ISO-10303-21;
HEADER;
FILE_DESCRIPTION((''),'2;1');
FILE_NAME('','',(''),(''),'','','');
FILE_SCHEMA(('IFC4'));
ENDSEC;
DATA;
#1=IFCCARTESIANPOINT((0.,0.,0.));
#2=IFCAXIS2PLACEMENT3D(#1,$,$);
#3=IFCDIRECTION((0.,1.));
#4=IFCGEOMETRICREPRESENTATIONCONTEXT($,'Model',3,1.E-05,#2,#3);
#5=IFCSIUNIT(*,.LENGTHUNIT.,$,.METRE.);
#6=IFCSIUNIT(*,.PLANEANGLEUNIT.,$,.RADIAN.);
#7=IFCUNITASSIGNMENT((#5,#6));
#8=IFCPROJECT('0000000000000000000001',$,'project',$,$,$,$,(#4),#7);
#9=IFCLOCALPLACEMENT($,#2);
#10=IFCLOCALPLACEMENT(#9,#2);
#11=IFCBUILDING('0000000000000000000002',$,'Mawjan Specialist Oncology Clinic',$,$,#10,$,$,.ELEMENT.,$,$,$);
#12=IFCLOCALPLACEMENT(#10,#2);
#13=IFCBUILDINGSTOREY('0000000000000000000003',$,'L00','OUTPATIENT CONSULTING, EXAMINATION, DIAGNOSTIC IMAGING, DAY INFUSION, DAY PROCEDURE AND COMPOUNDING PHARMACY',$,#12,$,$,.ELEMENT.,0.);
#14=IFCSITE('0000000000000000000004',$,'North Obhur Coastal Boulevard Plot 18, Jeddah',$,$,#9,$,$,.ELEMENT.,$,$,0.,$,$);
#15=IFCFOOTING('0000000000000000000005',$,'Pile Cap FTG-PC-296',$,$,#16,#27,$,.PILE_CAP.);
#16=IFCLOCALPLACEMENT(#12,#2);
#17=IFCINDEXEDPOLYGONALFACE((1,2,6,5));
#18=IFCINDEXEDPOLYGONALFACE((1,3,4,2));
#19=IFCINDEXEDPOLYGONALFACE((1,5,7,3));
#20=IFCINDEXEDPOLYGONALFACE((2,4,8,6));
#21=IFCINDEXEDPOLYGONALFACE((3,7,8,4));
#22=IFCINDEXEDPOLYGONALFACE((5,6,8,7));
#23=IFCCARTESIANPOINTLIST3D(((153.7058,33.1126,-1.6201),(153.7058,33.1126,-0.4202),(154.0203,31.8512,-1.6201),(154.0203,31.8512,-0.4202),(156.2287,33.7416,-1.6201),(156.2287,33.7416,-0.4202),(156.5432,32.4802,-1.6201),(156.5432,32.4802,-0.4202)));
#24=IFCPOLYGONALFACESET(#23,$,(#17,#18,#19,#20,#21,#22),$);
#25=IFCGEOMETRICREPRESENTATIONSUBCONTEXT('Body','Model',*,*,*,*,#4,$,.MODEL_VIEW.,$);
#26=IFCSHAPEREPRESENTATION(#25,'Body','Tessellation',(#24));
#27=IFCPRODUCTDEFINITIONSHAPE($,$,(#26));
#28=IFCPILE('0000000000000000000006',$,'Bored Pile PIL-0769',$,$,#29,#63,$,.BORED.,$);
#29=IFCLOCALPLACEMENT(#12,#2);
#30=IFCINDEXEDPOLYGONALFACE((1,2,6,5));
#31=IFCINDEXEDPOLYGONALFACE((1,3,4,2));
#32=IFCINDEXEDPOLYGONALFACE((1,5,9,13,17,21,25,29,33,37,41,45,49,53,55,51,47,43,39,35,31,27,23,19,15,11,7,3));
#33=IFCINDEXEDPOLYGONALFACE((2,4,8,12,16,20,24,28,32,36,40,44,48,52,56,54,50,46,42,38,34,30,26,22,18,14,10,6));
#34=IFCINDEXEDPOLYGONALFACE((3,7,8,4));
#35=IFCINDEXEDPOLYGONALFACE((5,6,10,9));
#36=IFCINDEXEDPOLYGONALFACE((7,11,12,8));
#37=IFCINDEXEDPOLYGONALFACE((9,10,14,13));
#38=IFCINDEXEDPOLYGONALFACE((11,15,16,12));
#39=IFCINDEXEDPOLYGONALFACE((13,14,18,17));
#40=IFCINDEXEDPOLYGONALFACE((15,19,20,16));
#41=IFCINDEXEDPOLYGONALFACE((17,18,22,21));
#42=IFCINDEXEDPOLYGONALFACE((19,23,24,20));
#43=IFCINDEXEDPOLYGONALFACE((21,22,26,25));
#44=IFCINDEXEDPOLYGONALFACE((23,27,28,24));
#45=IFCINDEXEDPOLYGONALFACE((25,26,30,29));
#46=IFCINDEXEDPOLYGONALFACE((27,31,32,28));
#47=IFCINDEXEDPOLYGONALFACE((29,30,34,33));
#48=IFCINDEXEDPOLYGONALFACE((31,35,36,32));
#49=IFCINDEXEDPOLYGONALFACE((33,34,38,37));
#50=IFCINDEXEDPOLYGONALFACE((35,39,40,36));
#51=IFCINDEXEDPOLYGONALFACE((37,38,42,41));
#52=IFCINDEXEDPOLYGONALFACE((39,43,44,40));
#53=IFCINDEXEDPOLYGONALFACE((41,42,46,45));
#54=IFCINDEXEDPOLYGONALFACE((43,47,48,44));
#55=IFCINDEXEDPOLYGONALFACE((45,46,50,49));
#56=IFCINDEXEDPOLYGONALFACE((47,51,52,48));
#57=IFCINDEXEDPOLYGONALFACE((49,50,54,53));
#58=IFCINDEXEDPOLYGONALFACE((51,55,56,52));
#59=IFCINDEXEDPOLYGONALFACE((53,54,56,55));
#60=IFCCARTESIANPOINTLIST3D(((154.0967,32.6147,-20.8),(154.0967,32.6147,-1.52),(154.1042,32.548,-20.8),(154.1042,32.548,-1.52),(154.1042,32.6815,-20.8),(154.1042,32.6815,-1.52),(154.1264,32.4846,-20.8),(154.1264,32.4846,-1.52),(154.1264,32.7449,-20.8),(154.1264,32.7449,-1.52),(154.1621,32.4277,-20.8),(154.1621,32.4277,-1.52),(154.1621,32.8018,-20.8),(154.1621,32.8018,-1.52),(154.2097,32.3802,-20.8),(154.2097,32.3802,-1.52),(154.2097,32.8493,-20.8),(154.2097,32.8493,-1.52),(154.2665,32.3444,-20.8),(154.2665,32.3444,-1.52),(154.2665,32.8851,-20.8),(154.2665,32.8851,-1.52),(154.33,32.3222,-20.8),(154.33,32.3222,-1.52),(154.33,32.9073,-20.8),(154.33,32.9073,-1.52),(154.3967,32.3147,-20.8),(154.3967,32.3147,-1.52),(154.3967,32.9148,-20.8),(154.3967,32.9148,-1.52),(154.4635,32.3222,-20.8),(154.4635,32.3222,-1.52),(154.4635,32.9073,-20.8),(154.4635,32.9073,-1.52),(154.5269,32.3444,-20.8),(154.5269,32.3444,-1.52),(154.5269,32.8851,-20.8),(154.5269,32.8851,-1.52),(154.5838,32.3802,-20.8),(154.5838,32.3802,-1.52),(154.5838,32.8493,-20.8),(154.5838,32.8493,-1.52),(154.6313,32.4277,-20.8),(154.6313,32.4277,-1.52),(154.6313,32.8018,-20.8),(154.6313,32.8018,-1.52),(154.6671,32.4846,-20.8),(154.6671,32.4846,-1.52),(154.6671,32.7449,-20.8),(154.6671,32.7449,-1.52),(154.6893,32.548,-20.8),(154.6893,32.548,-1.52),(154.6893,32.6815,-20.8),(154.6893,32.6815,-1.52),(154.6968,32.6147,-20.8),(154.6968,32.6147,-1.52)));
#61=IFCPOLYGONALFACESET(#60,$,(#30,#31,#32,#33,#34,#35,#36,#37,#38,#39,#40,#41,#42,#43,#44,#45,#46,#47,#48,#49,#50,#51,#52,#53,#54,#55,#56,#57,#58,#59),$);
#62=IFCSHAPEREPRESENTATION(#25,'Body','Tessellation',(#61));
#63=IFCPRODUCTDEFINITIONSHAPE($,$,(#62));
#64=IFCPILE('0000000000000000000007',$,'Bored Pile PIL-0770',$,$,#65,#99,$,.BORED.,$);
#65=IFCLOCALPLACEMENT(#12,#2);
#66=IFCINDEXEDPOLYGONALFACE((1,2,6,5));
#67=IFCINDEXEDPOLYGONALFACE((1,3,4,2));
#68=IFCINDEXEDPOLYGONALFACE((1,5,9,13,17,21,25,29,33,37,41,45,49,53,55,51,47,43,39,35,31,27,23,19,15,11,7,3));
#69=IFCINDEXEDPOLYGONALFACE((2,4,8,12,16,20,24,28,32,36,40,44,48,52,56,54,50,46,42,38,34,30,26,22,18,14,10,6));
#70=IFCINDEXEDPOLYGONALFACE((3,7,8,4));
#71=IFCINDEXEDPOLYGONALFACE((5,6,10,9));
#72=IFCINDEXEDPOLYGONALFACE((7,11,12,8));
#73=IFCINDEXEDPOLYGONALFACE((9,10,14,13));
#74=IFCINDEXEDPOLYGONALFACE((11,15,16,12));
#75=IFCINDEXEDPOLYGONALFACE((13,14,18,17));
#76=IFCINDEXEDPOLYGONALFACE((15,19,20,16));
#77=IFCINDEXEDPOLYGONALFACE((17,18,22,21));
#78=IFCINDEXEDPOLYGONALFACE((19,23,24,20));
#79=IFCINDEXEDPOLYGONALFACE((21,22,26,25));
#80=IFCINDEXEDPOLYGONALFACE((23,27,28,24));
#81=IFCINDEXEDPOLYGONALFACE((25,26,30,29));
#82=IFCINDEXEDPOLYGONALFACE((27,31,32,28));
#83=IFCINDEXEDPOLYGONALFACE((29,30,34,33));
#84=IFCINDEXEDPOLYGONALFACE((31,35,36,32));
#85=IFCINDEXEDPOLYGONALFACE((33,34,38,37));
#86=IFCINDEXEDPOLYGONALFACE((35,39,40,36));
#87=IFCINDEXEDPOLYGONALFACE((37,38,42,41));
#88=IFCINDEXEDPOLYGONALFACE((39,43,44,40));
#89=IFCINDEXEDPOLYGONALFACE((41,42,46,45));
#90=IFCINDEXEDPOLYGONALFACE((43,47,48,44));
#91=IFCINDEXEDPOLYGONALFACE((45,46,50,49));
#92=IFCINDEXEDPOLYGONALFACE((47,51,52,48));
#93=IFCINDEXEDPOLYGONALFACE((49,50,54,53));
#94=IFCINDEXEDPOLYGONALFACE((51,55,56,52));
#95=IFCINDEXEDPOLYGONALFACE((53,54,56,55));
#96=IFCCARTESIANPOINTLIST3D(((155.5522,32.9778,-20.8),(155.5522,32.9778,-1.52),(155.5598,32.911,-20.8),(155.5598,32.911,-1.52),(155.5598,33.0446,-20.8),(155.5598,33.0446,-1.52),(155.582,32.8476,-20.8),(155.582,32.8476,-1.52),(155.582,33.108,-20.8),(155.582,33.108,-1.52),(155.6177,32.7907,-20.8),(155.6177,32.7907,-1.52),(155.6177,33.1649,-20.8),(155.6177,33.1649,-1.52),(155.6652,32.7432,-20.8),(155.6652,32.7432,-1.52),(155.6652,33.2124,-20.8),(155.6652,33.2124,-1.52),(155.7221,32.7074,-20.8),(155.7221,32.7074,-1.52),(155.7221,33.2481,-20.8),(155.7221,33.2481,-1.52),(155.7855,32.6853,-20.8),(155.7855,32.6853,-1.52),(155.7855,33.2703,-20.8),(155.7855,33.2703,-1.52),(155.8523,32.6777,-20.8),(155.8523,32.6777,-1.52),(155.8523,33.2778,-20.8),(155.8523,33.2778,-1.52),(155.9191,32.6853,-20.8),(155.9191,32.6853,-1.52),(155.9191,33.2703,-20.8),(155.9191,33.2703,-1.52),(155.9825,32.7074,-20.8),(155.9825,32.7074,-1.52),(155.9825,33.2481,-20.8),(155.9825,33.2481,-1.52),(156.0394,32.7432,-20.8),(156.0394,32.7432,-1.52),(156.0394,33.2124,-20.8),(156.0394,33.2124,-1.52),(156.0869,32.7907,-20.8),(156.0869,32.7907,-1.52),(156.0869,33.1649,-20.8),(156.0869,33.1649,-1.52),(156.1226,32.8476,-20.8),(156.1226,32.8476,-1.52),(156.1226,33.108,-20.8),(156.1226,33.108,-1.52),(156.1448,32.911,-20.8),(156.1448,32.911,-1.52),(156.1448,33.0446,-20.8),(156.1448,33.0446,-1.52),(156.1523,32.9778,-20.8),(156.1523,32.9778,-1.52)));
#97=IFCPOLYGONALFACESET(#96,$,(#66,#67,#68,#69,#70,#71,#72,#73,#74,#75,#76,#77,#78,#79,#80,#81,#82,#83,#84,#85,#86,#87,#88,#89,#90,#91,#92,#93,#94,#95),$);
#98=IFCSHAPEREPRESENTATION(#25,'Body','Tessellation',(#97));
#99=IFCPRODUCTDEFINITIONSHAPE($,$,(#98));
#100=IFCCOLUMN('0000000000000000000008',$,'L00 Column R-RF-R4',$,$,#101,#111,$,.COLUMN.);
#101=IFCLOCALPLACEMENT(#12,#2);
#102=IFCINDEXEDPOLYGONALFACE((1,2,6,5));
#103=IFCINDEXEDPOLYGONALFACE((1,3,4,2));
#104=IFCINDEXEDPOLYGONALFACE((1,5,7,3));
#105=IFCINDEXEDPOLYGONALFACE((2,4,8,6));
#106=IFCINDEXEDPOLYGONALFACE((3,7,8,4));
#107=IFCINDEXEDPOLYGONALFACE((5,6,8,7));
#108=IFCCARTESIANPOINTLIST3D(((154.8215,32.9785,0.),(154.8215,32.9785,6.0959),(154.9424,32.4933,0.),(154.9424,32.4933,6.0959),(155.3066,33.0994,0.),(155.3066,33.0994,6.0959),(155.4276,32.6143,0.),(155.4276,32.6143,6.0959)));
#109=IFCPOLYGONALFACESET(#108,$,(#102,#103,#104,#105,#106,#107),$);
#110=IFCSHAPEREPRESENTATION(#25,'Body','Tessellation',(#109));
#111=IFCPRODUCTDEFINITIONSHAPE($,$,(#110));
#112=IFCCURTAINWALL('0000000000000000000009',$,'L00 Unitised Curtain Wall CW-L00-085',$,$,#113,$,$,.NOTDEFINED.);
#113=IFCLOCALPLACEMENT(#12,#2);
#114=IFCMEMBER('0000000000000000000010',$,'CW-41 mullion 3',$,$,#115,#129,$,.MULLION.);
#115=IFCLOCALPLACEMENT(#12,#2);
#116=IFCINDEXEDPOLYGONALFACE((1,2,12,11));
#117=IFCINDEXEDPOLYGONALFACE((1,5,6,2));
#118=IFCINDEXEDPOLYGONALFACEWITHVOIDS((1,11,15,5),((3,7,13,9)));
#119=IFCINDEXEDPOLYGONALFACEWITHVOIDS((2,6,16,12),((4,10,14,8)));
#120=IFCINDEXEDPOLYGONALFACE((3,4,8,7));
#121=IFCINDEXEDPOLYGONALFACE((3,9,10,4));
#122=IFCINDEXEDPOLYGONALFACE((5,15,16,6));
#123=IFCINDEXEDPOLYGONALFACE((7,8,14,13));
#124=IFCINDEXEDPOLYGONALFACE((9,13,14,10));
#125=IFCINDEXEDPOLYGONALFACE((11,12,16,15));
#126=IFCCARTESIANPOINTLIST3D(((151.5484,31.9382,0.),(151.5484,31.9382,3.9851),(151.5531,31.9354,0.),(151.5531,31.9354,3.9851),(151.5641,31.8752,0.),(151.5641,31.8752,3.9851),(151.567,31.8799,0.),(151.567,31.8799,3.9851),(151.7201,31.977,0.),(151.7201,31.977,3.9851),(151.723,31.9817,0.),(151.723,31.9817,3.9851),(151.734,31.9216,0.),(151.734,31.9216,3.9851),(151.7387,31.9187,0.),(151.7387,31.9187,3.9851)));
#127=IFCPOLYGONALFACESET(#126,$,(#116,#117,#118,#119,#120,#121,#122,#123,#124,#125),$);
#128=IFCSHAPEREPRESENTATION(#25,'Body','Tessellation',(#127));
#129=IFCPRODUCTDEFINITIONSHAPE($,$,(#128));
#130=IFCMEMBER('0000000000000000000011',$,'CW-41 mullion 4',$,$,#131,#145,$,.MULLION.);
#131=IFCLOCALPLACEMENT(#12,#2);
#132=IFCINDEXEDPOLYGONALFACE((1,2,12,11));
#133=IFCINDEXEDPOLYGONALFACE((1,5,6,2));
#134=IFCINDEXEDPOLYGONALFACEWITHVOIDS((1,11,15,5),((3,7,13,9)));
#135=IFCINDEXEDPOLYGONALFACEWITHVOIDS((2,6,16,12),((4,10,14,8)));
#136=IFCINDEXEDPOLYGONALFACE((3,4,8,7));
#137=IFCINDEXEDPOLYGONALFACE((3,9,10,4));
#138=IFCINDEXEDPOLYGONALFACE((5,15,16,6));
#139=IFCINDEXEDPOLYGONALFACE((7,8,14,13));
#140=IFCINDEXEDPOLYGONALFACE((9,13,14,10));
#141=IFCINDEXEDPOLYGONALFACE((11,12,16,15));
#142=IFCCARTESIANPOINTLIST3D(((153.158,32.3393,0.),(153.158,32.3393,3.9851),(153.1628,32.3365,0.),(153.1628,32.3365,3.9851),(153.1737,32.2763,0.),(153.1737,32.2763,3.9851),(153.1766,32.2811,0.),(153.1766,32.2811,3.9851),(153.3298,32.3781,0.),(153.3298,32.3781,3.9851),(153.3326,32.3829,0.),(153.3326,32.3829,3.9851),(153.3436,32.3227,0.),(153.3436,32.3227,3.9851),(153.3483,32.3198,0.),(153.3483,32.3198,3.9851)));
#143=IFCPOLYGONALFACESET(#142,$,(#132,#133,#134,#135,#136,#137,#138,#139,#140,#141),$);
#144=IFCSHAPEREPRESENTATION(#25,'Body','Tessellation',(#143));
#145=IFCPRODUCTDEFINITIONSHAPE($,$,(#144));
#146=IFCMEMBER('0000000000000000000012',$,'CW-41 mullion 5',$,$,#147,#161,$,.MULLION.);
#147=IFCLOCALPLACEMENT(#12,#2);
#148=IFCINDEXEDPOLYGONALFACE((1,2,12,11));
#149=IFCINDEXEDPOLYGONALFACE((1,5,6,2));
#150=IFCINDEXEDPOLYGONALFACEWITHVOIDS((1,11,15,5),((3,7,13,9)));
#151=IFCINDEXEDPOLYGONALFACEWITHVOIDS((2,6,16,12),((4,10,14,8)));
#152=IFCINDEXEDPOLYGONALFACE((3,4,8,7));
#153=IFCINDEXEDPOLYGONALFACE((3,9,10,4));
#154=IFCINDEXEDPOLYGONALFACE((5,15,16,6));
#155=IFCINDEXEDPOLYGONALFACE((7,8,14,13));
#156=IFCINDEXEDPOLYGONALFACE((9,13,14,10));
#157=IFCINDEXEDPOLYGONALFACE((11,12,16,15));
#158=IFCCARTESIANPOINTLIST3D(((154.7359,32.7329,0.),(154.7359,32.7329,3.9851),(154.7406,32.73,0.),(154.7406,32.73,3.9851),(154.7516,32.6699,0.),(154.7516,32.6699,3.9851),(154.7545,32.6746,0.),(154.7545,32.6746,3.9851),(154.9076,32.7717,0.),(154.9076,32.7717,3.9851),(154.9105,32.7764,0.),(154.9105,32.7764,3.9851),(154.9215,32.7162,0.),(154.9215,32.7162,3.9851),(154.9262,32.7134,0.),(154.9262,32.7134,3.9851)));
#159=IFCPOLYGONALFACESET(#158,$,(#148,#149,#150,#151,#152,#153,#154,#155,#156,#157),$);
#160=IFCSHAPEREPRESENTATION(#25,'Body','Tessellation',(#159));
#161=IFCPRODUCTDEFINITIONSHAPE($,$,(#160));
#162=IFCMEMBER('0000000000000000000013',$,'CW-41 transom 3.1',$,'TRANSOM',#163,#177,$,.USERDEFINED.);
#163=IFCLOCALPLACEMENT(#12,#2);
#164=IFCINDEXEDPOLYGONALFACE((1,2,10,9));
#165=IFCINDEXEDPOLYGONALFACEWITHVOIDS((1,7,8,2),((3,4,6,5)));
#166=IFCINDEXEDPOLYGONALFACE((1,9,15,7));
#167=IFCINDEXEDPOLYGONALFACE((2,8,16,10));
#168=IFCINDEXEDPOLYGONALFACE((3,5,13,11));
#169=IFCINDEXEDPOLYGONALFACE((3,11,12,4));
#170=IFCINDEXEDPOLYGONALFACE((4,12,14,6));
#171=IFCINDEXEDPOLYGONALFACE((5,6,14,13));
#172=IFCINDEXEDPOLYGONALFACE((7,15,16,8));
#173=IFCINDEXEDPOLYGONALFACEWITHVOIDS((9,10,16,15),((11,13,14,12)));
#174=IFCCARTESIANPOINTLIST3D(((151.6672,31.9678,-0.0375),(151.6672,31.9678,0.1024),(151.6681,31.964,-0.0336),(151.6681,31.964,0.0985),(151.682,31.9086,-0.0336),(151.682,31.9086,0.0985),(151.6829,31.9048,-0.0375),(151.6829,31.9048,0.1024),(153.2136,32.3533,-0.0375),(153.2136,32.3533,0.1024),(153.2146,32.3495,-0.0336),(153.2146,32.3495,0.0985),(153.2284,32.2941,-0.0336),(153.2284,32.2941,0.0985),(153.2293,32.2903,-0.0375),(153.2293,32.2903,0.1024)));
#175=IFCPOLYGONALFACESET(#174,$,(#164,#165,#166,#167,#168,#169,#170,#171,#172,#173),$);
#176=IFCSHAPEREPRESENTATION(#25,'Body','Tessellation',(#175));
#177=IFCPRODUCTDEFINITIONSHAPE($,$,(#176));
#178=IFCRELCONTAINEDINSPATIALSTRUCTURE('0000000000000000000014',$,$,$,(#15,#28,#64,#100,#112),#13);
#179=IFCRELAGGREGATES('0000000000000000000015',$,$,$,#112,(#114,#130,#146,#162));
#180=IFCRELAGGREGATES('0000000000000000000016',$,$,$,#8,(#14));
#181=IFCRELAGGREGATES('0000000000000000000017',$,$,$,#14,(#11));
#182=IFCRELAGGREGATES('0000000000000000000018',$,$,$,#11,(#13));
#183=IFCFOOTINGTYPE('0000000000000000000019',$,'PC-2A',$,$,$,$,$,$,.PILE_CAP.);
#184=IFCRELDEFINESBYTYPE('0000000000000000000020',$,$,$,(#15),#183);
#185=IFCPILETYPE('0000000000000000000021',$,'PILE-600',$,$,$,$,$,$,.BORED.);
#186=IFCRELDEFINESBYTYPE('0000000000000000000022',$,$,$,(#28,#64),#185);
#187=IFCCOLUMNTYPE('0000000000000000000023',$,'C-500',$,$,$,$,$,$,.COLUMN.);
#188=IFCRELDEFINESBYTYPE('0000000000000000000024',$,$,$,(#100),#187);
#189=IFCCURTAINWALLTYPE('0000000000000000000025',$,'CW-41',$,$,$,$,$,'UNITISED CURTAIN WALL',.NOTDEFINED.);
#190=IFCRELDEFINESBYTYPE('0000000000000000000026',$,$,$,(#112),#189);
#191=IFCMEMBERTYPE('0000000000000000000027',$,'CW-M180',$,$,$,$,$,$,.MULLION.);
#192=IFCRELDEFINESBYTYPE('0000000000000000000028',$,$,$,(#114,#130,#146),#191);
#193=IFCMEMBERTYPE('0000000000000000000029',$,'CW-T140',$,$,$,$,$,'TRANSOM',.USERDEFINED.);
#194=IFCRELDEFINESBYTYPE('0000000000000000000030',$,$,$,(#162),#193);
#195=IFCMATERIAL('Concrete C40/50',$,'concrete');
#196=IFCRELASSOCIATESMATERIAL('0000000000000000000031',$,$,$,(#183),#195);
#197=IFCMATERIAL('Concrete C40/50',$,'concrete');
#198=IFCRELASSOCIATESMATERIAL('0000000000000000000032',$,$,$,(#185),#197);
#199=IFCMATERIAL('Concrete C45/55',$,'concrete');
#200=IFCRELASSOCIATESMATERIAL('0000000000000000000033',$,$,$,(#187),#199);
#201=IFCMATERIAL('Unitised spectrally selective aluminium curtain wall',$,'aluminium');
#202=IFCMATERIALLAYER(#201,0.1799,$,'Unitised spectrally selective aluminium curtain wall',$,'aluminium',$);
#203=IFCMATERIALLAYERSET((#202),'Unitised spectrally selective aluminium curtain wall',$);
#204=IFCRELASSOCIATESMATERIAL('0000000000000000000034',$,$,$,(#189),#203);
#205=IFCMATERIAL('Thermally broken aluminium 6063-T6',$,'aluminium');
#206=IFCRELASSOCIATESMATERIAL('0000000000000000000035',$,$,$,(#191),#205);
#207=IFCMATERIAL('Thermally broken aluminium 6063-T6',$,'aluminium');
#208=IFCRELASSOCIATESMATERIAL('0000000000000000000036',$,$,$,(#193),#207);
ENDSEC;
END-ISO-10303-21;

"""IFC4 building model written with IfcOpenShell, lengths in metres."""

from ifc_helpers import new_model, si_unit, direction, frame, origin, origin_2d, place, context, subcontext, project, spatial, rectangle, hollow_rectangle, circle, extrude, material, layer, layer_set, material_profile, profile_set, type_object, element, aggregate, save


model = new_model("IFC4")

# Units and contexts
model_context = context("Model", 3, precision=1e-05, world=origin(), true_north=direction((0.0, 1.0)))
body_context = subcontext(model_context, "Body", "Model", "MODEL_VIEW")
ifc_project = project(units=[si_unit("LENGTHUNIT", "METRE"), si_unit("PLANEANGLEUNIT", "RADIAN")], contexts=[model_context])

# Site, building, storey
site_placement = place(None, origin())
site = spatial("IfcSite", under=ifc_project, at=site_placement, Name="North Obhur Coastal Boulevard Plot 18, Jeddah", CompositionType="ELEMENT", RefElevation=0.0)
building_placement = place(site_placement, origin())
building = spatial("IfcBuilding", under=site, at=building_placement, Name="Mawjan Specialist Oncology Clinic", CompositionType="ELEMENT")
storey_placement = place(building_placement, origin())
storey = spatial("IfcBuildingStorey", under=building, at=storey_placement, Name="L00", Description="OUTPATIENT CONSULTING, EXAMINATION, DIAGNOSTIC IMAGING, DAY INFUSION, DAY PROCEDURE AND COMPOUNDING PHARMACY", CompositionType="ELEMENT", Elevation=0.0)

# Footing
ifc_material_1 = material(Name="Concrete C40/50", Category="concrete")
footing_type = type_object("IfcFootingType", Name="PC-2A", PredefinedType="PILE_CAP", material=ifc_material_1)
footing_placement = place(storey_placement, frame((155.1245, 32.7964, -1.6201), z_axis=(0.0, 0.0, 1.0), x_axis=(0.970296, 0.241922, 0.0)))
element("IfcFooting", 1, at=footing_placement, inside=storey, type_object=footing_type, Name="Pile Cap FTG-PC-296", PredefinedType="PILE_CAP", context=body_context, shape_type="SweptSolid", body=[
    extrude(rectangle(XDim=2.6001, YDim=1.3, at=origin_2d()), origin(), (0.0, 0.0, 1.0), 1.2),
])

# Piles
ifc_material_2 = material(Name="Concrete C40/50", Category="concrete")
ifc_material_profile_1 = material_profile(ifc_material_2, circle(Radius=0.3, at=origin_2d()), Name="BORED PILE D600", Category="concrete")
ifc_profile_set_1 = profile_set([ifc_material_profile_1], Name="Concrete C40/50")
pile_type = type_object("IfcPileType", Name="PILE-600", PredefinedType="BORED", material=ifc_profile_set_1)
for number, where, z_axis, x_axis, name in (
    (2, (154.3967, 32.6147, -1.52), (0.0, 0.0, -1.0), (1.0, 0.0, 0.0), "Bored Pile PIL-0769"),
    (3, (155.8523, 32.9778, -1.52), (0.0, 0.0, -1.0), (1.0, 0.0, 0.0), "Bored Pile PIL-0770"),
):
    element("IfcPile", number, at=place(storey_placement, frame(where, z_axis=z_axis, x_axis=x_axis)), inside=storey, type_object=pile_type, Name=name, PredefinedType="BORED", context=body_context, shape_type="SweptSolid", body=[
        extrude(circle(Radius=0.3, at=origin_2d()), origin(), (0.0, 0.0, 1.0), 19.28),
    ])

# Column
ifc_material_3 = material(Name="Concrete C45/55", Category="concrete")
ifc_material_profile_2 = material_profile(ifc_material_3, rectangle(XDim=0.5, YDim=0.5, at=origin_2d()), Name="RC COL 500x500", Category="concrete")
ifc_profile_set_2 = profile_set([ifc_material_profile_2], Name="Concrete C45/55")
column_type = type_object("IfcColumnType", Name="C-500", PredefinedType="COLUMN", material=ifc_profile_set_2)
column_placement = place(storey_placement, frame((155.1245, 32.7964, 0.0), z_axis=(0.0, 0.0, 1.0), x_axis=(0.970296, 0.241922, 0.0)))
element("IfcColumn", 4, at=column_placement, inside=storey, type_object=column_type, Name="L00 Column R-RF-R4", PredefinedType="COLUMN", context=body_context, shape_type="SweptSolid", body=[
    extrude(rectangle(XDim=0.5, YDim=0.5, at=origin_2d()), origin(), (0.0, 0.0, 1.0), 6.0959),
])

# Curtain wall, members
ifc_material_4 = material(Name="Unitised spectrally selective aluminium curtain wall", Category="aluminium")
ifc_layer_1 = layer(ifc_material_4, 0.1799, Name="Unitised spectrally selective aluminium curtain wall", Category="aluminium")
ifc_layer_set_1 = layer_set([ifc_layer_1], Name="Unitised spectrally selective aluminium curtain wall")
curtain_wall_type = type_object("IfcCurtainWallType", Name="CW-41", ElementType="UNITISED CURTAIN WALL", PredefinedType="NOTDEFINED", material=ifc_layer_set_1)
curtain_wall_placement = place(storey_placement, origin())
curtain_wall = element("IfcCurtainWall", 5, at=curtain_wall_placement, inside=storey, type_object=curtain_wall_type, Name="L00 Unitised Curtain Wall CW-L00-085", PredefinedType="NOTDEFINED")
ifc_material_5 = material(Name="Thermally broken aluminium 6063-T6", Category="aluminium")
ifc_material_profile_3 = material_profile(ifc_material_5, hollow_rectangle(XDim=0.0649, YDim=0.1799, WallThickness=0.0039, at=origin_2d()), Name="ALU MULLION 180x65x4", Category="aluminium")
ifc_profile_set_3 = profile_set([ifc_material_profile_3], Name="Thermally broken aluminium 6063-T6")
member_type_1 = type_object("IfcMemberType", Name="CW-M180", PredefinedType="MULLION", material=ifc_profile_set_3)
member_1_placement = place(storey_placement, frame((151.6436, 31.9285, 0.0), z_axis=(0.0, 0.0, 1.0), x_axis=(-0.241922, 0.970296, 0.0)))
member_1 = element("IfcMember", 6, at=member_1_placement, type_object=member_type_1, Name="CW-41 mullion 3", PredefinedType="MULLION", context=body_context, shape_type="SweptSolid", body=[
    extrude(hollow_rectangle(XDim=0.0649, YDim=0.1799, WallThickness=0.0039, at=origin_2d()), origin(), (0.0, 0.0, 1.0), 3.9851),
])
member_2_placement = place(storey_placement, frame((153.2532, 32.3296, 0.0), z_axis=(0.0, 0.0, 1.0), x_axis=(-0.241922, 0.970296, 0.0)))
member_2 = element("IfcMember", 7, at=member_2_placement, type_object=member_type_1, Name="CW-41 mullion 4", PredefinedType="MULLION", context=body_context, shape_type="SweptSolid", body=[
    extrude(hollow_rectangle(XDim=0.0649, YDim=0.1799, WallThickness=0.0039, at=origin_2d()), origin(), (0.0, 0.0, 1.0), 3.9851),
])
member_3_placement = place(storey_placement, frame((154.8311, 32.7231, 0.0), z_axis=(0.0, 0.0, 1.0), x_axis=(-0.241922, 0.970296, 0.0)))
member_3 = element("IfcMember", 8, at=member_3_placement, type_object=member_type_1, Name="CW-41 mullion 5", PredefinedType="MULLION", context=body_context, shape_type="SweptSolid", body=[
    extrude(hollow_rectangle(XDim=0.0649, YDim=0.1799, WallThickness=0.0039, at=origin_2d()), origin(), (0.0, 0.0, 1.0), 3.9851),
])
ifc_material_6 = material(Name="Thermally broken aluminium 6063-T6", Category="aluminium")
ifc_material_profile_4 = material_profile(ifc_material_6, hollow_rectangle(XDim=0.0649, YDim=0.1399, WallThickness=0.0039, at=origin_2d()), Name="ALU TRANSOM 140x65x4", Category="aluminium")
ifc_profile_set_4 = profile_set([ifc_material_profile_4], Name="Thermally broken aluminium 6063-T6")
member_type_2 = type_object("IfcMemberType", Name="CW-T140", ElementType="TRANSOM", PredefinedType="USERDEFINED", material=ifc_profile_set_4)
member_4_placement = place(storey_placement, frame((151.675, 31.9363, 0.0325), z_axis=(0.970304, 0.241887, 0.0), x_axis=(-0.241887, 0.970304, 0.0)))
member_4 = element("IfcMember", 9, at=member_4_placement, type_object=member_type_2, Name="CW-41 transom 3.1", ObjectType="TRANSOM", PredefinedType="USERDEFINED", context=body_context, shape_type="SweptSolid", body=[
    extrude(hollow_rectangle(XDim=0.0649, YDim=0.1399, WallThickness=0.0039, at=origin_2d()), origin(), (0.0, 0.0, 1.0), 1.5938),
])
aggregate(curtain_wall, [member_1, member_2, member_3, member_4])

save(model, "model.ifc")
